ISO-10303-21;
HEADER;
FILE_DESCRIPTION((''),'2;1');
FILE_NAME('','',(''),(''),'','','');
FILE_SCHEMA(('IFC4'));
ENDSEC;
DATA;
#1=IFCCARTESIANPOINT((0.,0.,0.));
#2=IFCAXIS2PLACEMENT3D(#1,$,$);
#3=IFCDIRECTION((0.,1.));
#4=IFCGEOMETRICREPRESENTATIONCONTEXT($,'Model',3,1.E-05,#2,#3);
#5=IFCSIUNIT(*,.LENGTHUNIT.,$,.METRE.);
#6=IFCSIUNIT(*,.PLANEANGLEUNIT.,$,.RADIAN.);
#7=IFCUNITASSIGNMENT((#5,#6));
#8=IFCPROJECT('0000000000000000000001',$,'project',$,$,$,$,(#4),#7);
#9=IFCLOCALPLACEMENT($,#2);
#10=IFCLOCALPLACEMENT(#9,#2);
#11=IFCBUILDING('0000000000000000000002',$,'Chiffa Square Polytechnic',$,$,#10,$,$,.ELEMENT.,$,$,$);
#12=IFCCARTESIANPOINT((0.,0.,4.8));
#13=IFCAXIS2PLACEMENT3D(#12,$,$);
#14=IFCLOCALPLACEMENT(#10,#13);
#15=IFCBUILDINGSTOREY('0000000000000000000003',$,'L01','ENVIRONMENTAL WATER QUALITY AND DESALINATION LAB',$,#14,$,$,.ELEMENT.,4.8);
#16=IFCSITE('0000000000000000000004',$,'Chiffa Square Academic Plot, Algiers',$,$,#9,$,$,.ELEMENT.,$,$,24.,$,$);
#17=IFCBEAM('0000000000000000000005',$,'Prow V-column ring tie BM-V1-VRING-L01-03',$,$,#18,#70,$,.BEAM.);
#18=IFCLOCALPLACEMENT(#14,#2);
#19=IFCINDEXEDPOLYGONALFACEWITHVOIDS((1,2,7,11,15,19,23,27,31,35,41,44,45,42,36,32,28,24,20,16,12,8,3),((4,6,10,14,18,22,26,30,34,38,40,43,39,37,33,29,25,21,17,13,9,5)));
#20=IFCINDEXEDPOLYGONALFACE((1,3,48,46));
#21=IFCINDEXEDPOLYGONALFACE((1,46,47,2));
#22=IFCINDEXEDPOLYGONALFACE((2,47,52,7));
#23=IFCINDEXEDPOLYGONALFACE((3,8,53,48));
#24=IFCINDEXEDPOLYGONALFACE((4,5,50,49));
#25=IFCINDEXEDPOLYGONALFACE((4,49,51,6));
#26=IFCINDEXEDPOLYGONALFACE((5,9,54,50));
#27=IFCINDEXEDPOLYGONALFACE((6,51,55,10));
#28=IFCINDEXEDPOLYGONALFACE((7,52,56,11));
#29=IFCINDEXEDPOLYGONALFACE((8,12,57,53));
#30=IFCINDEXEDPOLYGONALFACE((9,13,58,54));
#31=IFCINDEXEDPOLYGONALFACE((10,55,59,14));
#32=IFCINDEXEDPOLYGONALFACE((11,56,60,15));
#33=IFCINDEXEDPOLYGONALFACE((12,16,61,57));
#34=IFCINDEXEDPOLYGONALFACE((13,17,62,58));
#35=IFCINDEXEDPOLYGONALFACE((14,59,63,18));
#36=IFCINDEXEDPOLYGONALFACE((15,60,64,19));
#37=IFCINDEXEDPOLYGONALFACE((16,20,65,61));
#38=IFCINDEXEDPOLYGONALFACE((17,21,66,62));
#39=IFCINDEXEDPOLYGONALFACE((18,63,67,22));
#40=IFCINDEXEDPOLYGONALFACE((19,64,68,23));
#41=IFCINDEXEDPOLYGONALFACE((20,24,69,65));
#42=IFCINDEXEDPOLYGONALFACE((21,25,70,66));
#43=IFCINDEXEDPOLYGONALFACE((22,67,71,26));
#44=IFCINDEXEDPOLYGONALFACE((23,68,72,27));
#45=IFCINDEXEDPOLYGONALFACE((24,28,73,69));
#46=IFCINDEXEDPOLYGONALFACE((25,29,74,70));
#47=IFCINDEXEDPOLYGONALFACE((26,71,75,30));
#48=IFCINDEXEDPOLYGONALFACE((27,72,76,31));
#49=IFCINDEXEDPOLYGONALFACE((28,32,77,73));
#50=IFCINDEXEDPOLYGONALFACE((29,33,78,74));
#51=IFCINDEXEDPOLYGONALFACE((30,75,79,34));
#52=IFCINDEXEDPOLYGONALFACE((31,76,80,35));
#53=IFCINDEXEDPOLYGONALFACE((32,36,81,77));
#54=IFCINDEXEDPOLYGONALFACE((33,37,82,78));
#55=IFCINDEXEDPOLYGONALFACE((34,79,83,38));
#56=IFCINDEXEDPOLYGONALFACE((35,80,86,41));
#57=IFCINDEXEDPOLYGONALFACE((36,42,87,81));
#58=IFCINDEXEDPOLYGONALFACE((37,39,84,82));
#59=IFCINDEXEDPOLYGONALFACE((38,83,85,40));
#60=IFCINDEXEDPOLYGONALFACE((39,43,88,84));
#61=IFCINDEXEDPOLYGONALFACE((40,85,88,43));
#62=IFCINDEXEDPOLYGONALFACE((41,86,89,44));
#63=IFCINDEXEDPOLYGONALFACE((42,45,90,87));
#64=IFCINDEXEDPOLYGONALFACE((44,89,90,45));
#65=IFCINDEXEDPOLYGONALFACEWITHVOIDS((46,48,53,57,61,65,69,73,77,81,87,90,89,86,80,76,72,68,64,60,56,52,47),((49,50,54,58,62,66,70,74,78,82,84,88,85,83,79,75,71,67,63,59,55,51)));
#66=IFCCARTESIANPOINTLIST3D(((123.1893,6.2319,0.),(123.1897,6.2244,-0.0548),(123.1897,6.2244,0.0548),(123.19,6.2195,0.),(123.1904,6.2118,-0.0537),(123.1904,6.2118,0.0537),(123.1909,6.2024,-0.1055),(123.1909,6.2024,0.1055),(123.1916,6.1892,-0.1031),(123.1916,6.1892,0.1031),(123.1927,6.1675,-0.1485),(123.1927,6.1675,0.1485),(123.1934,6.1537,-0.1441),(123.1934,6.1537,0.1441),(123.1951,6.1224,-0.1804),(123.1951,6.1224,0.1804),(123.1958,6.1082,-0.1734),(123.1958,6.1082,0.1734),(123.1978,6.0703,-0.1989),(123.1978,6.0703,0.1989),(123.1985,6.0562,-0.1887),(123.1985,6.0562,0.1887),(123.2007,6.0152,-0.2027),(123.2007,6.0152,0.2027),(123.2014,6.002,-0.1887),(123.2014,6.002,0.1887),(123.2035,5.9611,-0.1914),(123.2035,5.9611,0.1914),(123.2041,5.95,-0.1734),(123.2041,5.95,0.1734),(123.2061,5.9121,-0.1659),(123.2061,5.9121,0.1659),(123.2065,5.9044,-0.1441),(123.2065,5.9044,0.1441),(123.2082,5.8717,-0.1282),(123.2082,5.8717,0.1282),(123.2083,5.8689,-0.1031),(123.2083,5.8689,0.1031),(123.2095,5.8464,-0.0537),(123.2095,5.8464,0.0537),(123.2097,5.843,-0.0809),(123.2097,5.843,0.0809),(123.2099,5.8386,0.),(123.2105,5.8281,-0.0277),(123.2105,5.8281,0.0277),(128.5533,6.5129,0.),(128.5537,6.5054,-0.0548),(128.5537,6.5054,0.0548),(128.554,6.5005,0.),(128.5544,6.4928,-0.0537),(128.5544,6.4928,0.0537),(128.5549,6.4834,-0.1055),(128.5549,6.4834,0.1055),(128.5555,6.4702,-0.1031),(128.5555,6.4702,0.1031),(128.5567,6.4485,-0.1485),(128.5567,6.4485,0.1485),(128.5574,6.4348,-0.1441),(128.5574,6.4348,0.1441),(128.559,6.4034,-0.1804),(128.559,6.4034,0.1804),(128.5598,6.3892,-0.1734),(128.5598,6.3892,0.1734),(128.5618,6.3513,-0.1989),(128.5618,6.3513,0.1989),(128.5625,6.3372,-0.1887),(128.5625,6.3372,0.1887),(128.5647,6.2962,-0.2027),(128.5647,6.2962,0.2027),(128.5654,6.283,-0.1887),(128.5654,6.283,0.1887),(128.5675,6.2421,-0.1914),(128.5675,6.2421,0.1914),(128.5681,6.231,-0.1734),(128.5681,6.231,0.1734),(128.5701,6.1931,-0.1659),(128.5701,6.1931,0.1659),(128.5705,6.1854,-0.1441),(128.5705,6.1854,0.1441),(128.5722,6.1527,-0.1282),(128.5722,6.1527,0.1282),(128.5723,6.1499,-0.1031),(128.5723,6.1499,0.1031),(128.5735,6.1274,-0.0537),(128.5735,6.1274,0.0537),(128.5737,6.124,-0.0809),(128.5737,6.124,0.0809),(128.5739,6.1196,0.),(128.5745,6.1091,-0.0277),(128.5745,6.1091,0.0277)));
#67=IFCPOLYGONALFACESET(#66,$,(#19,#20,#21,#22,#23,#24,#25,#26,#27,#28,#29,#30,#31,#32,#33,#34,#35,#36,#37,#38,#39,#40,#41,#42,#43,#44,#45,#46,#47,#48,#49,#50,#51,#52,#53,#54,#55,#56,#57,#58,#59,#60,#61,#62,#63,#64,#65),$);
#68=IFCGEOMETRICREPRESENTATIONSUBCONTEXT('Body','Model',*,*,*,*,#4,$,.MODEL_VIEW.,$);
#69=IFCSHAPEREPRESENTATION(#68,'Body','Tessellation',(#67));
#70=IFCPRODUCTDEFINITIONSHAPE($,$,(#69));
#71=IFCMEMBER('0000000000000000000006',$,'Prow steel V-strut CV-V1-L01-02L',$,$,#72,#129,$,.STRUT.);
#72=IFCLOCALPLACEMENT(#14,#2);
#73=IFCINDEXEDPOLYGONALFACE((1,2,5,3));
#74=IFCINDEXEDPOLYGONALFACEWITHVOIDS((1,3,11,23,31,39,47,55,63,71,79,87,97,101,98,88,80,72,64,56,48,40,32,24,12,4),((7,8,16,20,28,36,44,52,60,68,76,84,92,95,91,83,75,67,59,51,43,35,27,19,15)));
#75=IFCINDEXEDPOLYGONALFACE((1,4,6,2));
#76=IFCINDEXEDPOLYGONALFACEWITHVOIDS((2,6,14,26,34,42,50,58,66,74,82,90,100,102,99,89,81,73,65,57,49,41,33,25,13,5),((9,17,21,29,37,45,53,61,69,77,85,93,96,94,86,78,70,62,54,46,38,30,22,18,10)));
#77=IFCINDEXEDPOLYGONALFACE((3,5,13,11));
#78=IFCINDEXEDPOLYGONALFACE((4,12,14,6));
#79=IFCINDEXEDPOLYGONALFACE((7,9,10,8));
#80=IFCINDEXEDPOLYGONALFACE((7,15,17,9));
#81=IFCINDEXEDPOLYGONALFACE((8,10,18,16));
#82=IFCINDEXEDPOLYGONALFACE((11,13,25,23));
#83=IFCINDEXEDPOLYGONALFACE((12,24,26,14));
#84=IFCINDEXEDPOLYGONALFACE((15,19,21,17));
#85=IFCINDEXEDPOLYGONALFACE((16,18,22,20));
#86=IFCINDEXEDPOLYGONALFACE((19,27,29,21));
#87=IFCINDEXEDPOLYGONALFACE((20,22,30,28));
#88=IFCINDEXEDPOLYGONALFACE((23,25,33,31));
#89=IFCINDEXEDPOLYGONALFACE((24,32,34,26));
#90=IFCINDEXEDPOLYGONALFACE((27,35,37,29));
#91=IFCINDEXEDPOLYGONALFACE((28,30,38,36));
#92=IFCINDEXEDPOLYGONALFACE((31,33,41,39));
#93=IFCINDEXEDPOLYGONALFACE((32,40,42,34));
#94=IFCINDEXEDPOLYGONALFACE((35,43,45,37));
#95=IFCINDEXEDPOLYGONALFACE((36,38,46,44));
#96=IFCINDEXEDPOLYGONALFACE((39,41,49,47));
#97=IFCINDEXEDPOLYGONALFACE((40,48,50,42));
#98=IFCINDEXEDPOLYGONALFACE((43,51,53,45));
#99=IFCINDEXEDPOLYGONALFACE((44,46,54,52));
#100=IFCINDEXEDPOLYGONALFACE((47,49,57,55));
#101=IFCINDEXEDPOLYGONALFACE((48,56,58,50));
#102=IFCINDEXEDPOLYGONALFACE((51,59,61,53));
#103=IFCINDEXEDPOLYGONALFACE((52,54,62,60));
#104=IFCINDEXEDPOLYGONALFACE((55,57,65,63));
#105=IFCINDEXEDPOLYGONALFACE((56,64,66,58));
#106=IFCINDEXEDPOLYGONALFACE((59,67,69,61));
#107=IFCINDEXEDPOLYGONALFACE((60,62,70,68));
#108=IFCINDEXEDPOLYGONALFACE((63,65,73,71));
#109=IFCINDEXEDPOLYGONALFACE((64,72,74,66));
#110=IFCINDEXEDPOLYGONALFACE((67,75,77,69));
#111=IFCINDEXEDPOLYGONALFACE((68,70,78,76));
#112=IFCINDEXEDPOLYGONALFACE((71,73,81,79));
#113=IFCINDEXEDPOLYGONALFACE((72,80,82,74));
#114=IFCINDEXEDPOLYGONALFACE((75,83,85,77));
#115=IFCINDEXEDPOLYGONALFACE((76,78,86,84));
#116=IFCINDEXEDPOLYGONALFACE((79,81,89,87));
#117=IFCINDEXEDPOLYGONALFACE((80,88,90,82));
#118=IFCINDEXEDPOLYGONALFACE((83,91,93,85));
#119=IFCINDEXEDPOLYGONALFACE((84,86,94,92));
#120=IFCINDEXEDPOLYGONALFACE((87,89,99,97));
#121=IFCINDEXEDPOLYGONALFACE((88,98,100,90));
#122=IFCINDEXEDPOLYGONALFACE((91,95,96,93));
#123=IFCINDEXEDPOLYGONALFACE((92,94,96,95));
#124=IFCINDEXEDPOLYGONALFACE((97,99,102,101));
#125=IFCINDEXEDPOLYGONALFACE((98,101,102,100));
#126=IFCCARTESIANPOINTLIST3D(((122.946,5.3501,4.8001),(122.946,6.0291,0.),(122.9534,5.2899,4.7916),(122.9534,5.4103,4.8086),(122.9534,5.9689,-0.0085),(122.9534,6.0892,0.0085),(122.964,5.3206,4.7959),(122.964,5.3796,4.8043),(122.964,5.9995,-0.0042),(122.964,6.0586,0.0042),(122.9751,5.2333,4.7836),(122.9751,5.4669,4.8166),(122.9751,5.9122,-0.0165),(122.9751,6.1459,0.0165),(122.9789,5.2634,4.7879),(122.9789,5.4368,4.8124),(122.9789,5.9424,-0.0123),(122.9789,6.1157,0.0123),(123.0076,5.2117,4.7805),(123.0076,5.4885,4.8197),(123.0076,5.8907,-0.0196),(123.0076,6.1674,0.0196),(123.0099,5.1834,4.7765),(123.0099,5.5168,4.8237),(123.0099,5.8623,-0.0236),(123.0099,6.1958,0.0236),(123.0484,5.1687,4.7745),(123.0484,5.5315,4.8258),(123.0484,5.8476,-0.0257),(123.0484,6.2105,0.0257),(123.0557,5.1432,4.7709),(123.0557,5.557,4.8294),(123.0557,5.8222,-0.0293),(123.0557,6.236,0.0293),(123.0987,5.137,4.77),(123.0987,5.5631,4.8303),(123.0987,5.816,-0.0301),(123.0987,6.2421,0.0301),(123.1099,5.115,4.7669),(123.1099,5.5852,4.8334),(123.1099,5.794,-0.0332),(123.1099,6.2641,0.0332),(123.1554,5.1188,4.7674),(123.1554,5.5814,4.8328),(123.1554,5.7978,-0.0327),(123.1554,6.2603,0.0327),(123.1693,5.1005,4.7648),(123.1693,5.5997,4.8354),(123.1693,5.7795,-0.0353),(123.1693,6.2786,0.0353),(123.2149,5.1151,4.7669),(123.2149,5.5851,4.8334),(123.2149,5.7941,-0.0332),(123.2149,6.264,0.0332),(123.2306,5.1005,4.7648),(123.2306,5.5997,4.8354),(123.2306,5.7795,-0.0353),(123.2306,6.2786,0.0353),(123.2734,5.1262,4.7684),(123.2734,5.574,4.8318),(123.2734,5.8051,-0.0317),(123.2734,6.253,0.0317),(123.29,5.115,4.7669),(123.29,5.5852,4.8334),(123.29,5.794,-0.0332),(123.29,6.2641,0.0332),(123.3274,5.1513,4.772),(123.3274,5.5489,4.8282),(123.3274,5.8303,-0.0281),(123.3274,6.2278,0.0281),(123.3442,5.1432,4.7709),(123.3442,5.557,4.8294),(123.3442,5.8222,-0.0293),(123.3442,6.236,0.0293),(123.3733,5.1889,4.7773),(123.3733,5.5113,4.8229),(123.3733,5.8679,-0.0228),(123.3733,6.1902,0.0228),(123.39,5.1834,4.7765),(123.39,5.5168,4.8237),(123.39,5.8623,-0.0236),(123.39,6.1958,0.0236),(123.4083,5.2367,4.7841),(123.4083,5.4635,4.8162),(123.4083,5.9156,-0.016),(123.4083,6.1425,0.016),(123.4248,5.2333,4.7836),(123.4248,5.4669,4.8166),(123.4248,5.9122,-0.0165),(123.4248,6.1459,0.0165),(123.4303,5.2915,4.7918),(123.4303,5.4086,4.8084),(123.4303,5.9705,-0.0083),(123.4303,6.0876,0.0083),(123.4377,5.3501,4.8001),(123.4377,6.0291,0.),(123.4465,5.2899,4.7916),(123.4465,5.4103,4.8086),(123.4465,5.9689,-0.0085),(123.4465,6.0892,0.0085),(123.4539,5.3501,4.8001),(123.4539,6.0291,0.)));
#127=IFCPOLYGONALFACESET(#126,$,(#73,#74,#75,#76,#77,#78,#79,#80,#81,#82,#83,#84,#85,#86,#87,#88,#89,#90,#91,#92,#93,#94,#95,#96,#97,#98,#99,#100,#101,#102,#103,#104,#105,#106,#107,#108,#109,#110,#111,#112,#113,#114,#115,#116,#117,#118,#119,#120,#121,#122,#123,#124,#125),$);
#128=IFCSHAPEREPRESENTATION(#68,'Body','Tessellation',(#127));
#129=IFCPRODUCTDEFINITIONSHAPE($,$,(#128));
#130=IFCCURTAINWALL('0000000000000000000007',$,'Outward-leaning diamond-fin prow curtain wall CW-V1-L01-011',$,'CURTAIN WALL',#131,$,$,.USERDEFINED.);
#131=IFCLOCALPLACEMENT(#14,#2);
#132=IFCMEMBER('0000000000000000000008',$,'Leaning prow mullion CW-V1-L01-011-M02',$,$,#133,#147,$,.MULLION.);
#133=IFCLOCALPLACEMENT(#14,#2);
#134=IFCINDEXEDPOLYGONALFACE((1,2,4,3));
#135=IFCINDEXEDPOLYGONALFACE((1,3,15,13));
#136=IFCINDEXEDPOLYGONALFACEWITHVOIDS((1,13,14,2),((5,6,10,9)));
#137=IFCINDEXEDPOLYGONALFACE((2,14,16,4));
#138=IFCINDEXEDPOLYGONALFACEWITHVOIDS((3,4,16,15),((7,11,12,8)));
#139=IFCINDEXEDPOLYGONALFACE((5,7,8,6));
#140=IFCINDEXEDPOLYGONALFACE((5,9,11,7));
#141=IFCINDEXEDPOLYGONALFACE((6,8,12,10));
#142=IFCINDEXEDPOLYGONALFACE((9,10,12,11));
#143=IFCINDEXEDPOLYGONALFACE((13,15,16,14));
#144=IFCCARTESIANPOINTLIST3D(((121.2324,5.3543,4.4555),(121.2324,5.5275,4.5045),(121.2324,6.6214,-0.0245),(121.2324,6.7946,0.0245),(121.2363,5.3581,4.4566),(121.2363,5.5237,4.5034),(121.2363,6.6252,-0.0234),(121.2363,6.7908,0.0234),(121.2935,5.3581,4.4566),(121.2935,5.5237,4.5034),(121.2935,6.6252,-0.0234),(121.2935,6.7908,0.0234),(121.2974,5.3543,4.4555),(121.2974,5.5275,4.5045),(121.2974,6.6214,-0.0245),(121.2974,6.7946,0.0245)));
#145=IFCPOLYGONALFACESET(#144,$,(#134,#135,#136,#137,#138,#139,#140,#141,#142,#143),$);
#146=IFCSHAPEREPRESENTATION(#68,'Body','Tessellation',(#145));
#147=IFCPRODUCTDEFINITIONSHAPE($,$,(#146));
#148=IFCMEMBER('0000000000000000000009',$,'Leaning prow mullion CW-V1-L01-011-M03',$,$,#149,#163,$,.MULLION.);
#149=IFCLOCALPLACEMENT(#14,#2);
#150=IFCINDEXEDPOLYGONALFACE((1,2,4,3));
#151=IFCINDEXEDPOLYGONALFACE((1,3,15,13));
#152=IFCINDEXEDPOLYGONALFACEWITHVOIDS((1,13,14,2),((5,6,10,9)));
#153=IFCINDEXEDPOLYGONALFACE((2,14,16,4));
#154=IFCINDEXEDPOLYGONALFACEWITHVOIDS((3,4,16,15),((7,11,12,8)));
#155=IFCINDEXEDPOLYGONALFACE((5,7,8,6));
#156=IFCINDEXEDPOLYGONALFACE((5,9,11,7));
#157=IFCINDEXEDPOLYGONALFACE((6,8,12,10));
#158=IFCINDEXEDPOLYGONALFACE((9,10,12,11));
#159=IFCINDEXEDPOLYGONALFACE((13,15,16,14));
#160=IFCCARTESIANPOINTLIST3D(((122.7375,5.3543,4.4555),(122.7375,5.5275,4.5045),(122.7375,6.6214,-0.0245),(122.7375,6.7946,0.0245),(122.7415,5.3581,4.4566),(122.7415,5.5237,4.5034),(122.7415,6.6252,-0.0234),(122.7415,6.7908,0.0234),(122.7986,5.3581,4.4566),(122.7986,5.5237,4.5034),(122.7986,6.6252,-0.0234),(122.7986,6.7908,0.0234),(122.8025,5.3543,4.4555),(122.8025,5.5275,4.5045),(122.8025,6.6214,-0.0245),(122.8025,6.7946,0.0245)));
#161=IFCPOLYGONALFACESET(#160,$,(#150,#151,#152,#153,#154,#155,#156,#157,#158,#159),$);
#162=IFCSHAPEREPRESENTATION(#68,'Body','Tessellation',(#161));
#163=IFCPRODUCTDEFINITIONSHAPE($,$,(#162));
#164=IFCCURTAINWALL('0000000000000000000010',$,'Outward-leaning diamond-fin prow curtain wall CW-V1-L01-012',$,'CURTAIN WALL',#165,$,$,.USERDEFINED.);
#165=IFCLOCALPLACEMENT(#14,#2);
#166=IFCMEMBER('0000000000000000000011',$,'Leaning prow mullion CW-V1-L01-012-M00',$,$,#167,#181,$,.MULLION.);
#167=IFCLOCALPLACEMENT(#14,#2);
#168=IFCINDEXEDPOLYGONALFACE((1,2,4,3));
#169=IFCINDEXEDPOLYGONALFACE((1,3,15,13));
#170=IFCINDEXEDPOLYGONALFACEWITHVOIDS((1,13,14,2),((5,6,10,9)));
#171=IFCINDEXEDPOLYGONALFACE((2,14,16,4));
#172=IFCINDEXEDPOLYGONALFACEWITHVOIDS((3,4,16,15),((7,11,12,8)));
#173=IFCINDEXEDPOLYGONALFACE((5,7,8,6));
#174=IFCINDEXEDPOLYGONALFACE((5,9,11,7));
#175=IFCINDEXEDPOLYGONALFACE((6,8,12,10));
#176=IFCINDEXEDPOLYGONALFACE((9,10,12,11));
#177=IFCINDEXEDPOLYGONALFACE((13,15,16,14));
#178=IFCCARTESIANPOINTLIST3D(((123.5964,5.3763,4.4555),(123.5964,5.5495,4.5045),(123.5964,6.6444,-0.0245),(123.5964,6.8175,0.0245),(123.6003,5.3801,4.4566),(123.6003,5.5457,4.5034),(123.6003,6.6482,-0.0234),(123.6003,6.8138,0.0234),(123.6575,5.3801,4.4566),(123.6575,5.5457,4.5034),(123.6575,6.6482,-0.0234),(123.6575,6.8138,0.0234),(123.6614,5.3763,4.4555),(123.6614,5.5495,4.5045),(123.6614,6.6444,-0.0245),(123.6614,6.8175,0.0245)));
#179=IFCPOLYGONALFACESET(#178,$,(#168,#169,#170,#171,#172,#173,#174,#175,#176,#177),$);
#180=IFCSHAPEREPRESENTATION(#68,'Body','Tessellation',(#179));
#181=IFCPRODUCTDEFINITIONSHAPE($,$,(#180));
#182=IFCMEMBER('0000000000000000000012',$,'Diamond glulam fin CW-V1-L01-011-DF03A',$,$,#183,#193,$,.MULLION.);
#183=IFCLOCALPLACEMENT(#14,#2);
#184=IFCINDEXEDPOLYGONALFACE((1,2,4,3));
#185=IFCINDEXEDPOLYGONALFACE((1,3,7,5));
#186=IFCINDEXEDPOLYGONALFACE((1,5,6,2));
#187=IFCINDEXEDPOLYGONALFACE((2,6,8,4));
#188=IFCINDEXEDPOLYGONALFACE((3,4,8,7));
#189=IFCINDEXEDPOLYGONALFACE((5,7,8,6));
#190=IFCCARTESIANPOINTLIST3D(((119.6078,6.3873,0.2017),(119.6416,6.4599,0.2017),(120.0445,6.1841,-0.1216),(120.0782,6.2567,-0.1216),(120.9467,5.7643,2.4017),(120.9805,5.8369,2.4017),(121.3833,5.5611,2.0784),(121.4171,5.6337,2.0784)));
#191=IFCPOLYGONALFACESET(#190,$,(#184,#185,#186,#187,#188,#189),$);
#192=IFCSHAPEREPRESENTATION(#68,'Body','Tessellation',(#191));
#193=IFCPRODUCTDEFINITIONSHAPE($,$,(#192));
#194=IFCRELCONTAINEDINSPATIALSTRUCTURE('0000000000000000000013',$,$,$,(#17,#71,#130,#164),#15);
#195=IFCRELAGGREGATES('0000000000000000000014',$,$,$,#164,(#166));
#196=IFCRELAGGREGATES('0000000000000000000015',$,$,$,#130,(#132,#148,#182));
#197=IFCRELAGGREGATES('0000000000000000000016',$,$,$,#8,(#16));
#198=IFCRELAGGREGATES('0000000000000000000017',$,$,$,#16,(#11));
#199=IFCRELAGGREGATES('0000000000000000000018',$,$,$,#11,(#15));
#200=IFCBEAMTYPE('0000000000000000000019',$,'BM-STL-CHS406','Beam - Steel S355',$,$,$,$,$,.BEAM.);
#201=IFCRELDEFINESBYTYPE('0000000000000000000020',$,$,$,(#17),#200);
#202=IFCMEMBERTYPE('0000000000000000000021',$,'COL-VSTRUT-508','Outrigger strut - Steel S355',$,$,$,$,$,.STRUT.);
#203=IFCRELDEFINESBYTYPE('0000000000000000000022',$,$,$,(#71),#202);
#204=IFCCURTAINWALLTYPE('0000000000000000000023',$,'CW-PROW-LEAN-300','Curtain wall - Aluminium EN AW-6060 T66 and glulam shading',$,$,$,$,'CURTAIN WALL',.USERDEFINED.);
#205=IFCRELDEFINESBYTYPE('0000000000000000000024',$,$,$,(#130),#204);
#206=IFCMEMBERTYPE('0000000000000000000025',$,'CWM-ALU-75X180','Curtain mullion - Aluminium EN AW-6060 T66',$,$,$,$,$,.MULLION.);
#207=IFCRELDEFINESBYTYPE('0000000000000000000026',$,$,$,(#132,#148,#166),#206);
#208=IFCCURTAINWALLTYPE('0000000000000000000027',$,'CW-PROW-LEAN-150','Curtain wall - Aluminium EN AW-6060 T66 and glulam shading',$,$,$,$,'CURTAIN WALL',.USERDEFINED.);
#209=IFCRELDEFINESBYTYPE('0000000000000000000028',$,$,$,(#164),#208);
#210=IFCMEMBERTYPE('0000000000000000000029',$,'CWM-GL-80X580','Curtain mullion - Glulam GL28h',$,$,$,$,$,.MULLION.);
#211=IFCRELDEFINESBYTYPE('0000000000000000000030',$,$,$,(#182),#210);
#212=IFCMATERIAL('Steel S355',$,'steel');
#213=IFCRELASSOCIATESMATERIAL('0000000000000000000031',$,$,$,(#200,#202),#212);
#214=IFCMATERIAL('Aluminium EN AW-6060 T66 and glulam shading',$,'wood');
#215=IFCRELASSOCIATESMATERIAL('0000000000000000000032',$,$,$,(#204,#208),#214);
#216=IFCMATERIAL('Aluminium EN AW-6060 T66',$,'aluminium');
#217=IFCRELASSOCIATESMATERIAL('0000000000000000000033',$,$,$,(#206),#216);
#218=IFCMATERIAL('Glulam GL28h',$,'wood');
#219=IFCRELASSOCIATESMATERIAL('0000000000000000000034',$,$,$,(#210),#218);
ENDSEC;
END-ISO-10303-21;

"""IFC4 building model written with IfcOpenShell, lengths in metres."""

from ifc_helpers import new_model, si_unit, direction, frame, origin, origin_2d, place, context, subcontext, project, spatial, rectangle, hollow_rectangle, hollow_circle, extrude, material, material_profile, profile_set, type_object, element, aggregate, save


model = new_model("IFC4")

# Units and contexts
model_context = context("Model", 3, precision=1e-05, world=origin(), true_north=direction((0.0, 1.0)))
body_context = subcontext(model_context, "Body", "Model", "MODEL_VIEW")
ifc_project = project(units=[si_unit("LENGTHUNIT", "METRE"), si_unit("PLANEANGLEUNIT", "RADIAN")], contexts=[model_context])

# Site, building, storey
site_placement = place(None, origin())
site = spatial("IfcSite", under=ifc_project, at=site_placement, Name="Chiffa Square Academic Plot, Algiers", CompositionType="ELEMENT", RefElevation=24.0)
building_placement = place(site_placement, origin())
building = spatial("IfcBuilding", under=site, at=building_placement, Name="Chiffa Square Polytechnic", CompositionType="ELEMENT")
storey_placement = place(building_placement, frame((0.0, 0.0, 4.8)))
storey = spatial("IfcBuildingStorey", under=building, at=storey_placement, Name="L01", Description="ENVIRONMENTAL WATER QUALITY AND DESALINATION LAB", CompositionType="ELEMENT", Elevation=4.8)

# Beam
ifc_material_1 = material(Name="Steel S355", Category="steel")
ifc_material_profile_1 = material_profile(ifc_material_1, hollow_circle(Radius=0.2031, WallThickness=0.0125, at=origin_2d()), Name="CHS 406.4x12.5")
ifc_profile_set_1 = profile_set([ifc_material_profile_1], Name="Steel S355")
beam_type = type_object("IfcBeamType", Name="BM-STL-CHS406", Description="Beam - Steel S355", PredefinedType="BEAM", material=ifc_profile_set_1)
beam_placement = place(storey_placement, frame((123.2, 6.0291, 0.0), z_axis=(0.998631, 0.052315, 0.0), x_axis=(-0.052315, 0.998631, 0.0)))
element("IfcBeam", 1, at=beam_placement, inside=storey, type_object=beam_type, Name="Prow V-column ring tie BM-V1-VRING-L01-03", PredefinedType="BEAM", context=body_context, shape_type="SweptSolid", body=[
    extrude(hollow_circle(Radius=0.2031, WallThickness=0.0125, at=origin_2d()), origin(), (0.0, 0.0, 1.0), 5.3713),
])

# Member
ifc_material_profile_2 = material_profile(ifc_material_1, hollow_circle(Radius=0.2539, WallThickness=0.0161, at=origin_2d()), Name="CHS 508x16")
ifc_profile_set_2 = profile_set([ifc_material_profile_2], Name="Steel S355")
member_type_1 = type_object("IfcMemberType", Name="COL-VSTRUT-508", Description="Outrigger strut - Steel S355", PredefinedType="STRUT", material=ifc_profile_set_2)
member_1_placement = place(storey_placement, frame((123.2, 6.0291, 0.0), z_axis=(0.0, -0.140053, 0.990144), x_axis=(1.0, 0.0, 0.0)))
element("IfcMember", 2, at=member_1_placement, inside=storey, type_object=member_type_1, Name="Prow steel V-strut CV-V1-L01-02L", PredefinedType="STRUT", context=body_context, shape_type="SweptSolid", body=[
    extrude(hollow_circle(Radius=0.2539, WallThickness=0.0161, at=origin_2d()), origin(), (0.0, 0.0, 1.0), 4.8479),
])

# Curtain wall, members
ifc_material_2 = material(Name="Aluminium EN AW-6060 T66 and glulam shading", Category="wood")
curtain_wall_type_1 = type_object("IfcCurtainWallType", Name="CW-PROW-LEAN-300", Description="Curtain wall - Aluminium EN AW-6060 T66 and glulam shading", ElementType="CURTAIN WALL", PredefinedType="USERDEFINED", material=ifc_material_2)
curtain_wall_1_placement = place(storey_placement, origin())
curtain_wall_1 = element("IfcCurtainWall", 3, at=curtain_wall_1_placement, inside=storey, type_object=curtain_wall_type_1, Name="Outward-leaning diamond-fin prow curtain wall CW-V1-L01-011", ObjectType="CURTAIN WALL", PredefinedType="USERDEFINED")
ifc_material_3 = material(Name="Aluminium EN AW-6060 T66", Category="aluminium")
ifc_material_profile_3 = material_profile(ifc_material_3, hollow_rectangle(XDim=0.0649, YDim=0.1799, WallThickness=0.0039, at=origin_2d()), Name="ALU 65x180x4")
ifc_profile_set_3 = profile_set([ifc_material_profile_3], Name="Aluminium EN AW-6060 T66")
member_type_2 = type_object("IfcMemberType", Name="CWM-ALU-75X180", Description="Curtain mullion - Aluminium EN AW-6060 T66", PredefinedType="MULLION", material=ifc_profile_set_3)
member_2_placement = place(storey_placement, frame((121.2649, 6.708, 0.0), z_axis=(0.0, -0.272158, 0.962253), x_axis=(1.0, 0.0, 0.0)))
member_2 = element("IfcMember", 4, at=member_2_placement, type_object=member_type_2, Name="Leaning prow mullion CW-V1-L01-011-M02", PredefinedType="MULLION", context=body_context, shape_type="SweptSolid", body=[
    extrude(hollow_rectangle(XDim=0.0649, YDim=0.1799, WallThickness=0.0039, at=origin_2d()), origin(), (0.0, 0.0, 1.0), 4.6558),
])
member_3_placement = place(storey_placement, frame((122.77, 6.708, 0.0), z_axis=(0.0, -0.272158, 0.962253), x_axis=(1.0, 0.0, 0.0)))
member_3 = element("IfcMember", 5, at=member_3_placement, type_object=member_type_2, Name="Leaning prow mullion CW-V1-L01-011-M03", PredefinedType="MULLION", context=body_context, shape_type="SweptSolid", body=[
    extrude(hollow_rectangle(XDim=0.0649, YDim=0.1799, WallThickness=0.0039, at=origin_2d()), origin(), (0.0, 0.0, 1.0), 4.6558),
])

# Curtain wall, member
curtain_wall_type_2 = type_object("IfcCurtainWallType", Name="CW-PROW-LEAN-150", Description="Curtain wall - Aluminium EN AW-6060 T66 and glulam shading", ElementType="CURTAIN WALL", PredefinedType="USERDEFINED", material=ifc_material_2)
curtain_wall_2_placement = place(storey_placement, origin())
curtain_wall_2 = element("IfcCurtainWall", 6, at=curtain_wall_2_placement, inside=storey, type_object=curtain_wall_type_2, Name="Outward-leaning diamond-fin prow curtain wall CW-V1-L01-012", ObjectType="CURTAIN WALL", PredefinedType="USERDEFINED")
member_4_placement = place(storey_placement, frame((123.6289, 6.731, 0.0), z_axis=(0.0, -0.272352, 0.962198), x_axis=(1.0, 0.0, 0.0)))
member_4 = element("IfcMember", 7, at=member_4_placement, type_object=member_type_2, Name="Leaning prow mullion CW-V1-L01-012-M00", PredefinedType="MULLION", context=body_context, shape_type="SweptSolid", body=[
    extrude(hollow_rectangle(XDim=0.0649, YDim=0.1799, WallThickness=0.0039, at=origin_2d()), origin(), (0.0, 0.0, 1.0), 4.656),
])

# Member
ifc_material_4 = material(Name="Glulam GL28h", Category="wood")
ifc_material_profile_4 = material_profile(ifc_material_4, rectangle(XDim=0.0801, YDim=0.5801, at=origin_2d()), Name="GL28h 80x580")
ifc_profile_set_4 = profile_set([ifc_material_profile_4], Name="Glulam GL28h")
member_type_3 = type_object("IfcMemberType", Name="CWM-GL-80X580", Description="Curtain mullion - Glulam GL28h", PredefinedType="MULLION", material=ifc_profile_set_4)
member_5_placement = place(storey_placement, frame((119.843, 6.322, 0.04), z_axis=(0.505303, -0.235145, 0.830286), x_axis=(0.421908, 0.906639, 0.0)))
member_5 = element("IfcMember", 8, at=member_5_placement, type_object=member_type_3, Name="Diamond glulam fin CW-V1-L01-011-DF03A", PredefinedType="MULLION", context=body_context, shape_type="SweptSolid", body=[
    extrude(rectangle(XDim=0.0801, YDim=0.5801, at=origin_2d()), origin(), (0.0, 0.0, 1.0), 2.6497),
])

aggregate(curtain_wall_2, [member_4])
aggregate(curtain_wall_1, [member_2, member_3, member_5])

save(model, "model.ifc")
